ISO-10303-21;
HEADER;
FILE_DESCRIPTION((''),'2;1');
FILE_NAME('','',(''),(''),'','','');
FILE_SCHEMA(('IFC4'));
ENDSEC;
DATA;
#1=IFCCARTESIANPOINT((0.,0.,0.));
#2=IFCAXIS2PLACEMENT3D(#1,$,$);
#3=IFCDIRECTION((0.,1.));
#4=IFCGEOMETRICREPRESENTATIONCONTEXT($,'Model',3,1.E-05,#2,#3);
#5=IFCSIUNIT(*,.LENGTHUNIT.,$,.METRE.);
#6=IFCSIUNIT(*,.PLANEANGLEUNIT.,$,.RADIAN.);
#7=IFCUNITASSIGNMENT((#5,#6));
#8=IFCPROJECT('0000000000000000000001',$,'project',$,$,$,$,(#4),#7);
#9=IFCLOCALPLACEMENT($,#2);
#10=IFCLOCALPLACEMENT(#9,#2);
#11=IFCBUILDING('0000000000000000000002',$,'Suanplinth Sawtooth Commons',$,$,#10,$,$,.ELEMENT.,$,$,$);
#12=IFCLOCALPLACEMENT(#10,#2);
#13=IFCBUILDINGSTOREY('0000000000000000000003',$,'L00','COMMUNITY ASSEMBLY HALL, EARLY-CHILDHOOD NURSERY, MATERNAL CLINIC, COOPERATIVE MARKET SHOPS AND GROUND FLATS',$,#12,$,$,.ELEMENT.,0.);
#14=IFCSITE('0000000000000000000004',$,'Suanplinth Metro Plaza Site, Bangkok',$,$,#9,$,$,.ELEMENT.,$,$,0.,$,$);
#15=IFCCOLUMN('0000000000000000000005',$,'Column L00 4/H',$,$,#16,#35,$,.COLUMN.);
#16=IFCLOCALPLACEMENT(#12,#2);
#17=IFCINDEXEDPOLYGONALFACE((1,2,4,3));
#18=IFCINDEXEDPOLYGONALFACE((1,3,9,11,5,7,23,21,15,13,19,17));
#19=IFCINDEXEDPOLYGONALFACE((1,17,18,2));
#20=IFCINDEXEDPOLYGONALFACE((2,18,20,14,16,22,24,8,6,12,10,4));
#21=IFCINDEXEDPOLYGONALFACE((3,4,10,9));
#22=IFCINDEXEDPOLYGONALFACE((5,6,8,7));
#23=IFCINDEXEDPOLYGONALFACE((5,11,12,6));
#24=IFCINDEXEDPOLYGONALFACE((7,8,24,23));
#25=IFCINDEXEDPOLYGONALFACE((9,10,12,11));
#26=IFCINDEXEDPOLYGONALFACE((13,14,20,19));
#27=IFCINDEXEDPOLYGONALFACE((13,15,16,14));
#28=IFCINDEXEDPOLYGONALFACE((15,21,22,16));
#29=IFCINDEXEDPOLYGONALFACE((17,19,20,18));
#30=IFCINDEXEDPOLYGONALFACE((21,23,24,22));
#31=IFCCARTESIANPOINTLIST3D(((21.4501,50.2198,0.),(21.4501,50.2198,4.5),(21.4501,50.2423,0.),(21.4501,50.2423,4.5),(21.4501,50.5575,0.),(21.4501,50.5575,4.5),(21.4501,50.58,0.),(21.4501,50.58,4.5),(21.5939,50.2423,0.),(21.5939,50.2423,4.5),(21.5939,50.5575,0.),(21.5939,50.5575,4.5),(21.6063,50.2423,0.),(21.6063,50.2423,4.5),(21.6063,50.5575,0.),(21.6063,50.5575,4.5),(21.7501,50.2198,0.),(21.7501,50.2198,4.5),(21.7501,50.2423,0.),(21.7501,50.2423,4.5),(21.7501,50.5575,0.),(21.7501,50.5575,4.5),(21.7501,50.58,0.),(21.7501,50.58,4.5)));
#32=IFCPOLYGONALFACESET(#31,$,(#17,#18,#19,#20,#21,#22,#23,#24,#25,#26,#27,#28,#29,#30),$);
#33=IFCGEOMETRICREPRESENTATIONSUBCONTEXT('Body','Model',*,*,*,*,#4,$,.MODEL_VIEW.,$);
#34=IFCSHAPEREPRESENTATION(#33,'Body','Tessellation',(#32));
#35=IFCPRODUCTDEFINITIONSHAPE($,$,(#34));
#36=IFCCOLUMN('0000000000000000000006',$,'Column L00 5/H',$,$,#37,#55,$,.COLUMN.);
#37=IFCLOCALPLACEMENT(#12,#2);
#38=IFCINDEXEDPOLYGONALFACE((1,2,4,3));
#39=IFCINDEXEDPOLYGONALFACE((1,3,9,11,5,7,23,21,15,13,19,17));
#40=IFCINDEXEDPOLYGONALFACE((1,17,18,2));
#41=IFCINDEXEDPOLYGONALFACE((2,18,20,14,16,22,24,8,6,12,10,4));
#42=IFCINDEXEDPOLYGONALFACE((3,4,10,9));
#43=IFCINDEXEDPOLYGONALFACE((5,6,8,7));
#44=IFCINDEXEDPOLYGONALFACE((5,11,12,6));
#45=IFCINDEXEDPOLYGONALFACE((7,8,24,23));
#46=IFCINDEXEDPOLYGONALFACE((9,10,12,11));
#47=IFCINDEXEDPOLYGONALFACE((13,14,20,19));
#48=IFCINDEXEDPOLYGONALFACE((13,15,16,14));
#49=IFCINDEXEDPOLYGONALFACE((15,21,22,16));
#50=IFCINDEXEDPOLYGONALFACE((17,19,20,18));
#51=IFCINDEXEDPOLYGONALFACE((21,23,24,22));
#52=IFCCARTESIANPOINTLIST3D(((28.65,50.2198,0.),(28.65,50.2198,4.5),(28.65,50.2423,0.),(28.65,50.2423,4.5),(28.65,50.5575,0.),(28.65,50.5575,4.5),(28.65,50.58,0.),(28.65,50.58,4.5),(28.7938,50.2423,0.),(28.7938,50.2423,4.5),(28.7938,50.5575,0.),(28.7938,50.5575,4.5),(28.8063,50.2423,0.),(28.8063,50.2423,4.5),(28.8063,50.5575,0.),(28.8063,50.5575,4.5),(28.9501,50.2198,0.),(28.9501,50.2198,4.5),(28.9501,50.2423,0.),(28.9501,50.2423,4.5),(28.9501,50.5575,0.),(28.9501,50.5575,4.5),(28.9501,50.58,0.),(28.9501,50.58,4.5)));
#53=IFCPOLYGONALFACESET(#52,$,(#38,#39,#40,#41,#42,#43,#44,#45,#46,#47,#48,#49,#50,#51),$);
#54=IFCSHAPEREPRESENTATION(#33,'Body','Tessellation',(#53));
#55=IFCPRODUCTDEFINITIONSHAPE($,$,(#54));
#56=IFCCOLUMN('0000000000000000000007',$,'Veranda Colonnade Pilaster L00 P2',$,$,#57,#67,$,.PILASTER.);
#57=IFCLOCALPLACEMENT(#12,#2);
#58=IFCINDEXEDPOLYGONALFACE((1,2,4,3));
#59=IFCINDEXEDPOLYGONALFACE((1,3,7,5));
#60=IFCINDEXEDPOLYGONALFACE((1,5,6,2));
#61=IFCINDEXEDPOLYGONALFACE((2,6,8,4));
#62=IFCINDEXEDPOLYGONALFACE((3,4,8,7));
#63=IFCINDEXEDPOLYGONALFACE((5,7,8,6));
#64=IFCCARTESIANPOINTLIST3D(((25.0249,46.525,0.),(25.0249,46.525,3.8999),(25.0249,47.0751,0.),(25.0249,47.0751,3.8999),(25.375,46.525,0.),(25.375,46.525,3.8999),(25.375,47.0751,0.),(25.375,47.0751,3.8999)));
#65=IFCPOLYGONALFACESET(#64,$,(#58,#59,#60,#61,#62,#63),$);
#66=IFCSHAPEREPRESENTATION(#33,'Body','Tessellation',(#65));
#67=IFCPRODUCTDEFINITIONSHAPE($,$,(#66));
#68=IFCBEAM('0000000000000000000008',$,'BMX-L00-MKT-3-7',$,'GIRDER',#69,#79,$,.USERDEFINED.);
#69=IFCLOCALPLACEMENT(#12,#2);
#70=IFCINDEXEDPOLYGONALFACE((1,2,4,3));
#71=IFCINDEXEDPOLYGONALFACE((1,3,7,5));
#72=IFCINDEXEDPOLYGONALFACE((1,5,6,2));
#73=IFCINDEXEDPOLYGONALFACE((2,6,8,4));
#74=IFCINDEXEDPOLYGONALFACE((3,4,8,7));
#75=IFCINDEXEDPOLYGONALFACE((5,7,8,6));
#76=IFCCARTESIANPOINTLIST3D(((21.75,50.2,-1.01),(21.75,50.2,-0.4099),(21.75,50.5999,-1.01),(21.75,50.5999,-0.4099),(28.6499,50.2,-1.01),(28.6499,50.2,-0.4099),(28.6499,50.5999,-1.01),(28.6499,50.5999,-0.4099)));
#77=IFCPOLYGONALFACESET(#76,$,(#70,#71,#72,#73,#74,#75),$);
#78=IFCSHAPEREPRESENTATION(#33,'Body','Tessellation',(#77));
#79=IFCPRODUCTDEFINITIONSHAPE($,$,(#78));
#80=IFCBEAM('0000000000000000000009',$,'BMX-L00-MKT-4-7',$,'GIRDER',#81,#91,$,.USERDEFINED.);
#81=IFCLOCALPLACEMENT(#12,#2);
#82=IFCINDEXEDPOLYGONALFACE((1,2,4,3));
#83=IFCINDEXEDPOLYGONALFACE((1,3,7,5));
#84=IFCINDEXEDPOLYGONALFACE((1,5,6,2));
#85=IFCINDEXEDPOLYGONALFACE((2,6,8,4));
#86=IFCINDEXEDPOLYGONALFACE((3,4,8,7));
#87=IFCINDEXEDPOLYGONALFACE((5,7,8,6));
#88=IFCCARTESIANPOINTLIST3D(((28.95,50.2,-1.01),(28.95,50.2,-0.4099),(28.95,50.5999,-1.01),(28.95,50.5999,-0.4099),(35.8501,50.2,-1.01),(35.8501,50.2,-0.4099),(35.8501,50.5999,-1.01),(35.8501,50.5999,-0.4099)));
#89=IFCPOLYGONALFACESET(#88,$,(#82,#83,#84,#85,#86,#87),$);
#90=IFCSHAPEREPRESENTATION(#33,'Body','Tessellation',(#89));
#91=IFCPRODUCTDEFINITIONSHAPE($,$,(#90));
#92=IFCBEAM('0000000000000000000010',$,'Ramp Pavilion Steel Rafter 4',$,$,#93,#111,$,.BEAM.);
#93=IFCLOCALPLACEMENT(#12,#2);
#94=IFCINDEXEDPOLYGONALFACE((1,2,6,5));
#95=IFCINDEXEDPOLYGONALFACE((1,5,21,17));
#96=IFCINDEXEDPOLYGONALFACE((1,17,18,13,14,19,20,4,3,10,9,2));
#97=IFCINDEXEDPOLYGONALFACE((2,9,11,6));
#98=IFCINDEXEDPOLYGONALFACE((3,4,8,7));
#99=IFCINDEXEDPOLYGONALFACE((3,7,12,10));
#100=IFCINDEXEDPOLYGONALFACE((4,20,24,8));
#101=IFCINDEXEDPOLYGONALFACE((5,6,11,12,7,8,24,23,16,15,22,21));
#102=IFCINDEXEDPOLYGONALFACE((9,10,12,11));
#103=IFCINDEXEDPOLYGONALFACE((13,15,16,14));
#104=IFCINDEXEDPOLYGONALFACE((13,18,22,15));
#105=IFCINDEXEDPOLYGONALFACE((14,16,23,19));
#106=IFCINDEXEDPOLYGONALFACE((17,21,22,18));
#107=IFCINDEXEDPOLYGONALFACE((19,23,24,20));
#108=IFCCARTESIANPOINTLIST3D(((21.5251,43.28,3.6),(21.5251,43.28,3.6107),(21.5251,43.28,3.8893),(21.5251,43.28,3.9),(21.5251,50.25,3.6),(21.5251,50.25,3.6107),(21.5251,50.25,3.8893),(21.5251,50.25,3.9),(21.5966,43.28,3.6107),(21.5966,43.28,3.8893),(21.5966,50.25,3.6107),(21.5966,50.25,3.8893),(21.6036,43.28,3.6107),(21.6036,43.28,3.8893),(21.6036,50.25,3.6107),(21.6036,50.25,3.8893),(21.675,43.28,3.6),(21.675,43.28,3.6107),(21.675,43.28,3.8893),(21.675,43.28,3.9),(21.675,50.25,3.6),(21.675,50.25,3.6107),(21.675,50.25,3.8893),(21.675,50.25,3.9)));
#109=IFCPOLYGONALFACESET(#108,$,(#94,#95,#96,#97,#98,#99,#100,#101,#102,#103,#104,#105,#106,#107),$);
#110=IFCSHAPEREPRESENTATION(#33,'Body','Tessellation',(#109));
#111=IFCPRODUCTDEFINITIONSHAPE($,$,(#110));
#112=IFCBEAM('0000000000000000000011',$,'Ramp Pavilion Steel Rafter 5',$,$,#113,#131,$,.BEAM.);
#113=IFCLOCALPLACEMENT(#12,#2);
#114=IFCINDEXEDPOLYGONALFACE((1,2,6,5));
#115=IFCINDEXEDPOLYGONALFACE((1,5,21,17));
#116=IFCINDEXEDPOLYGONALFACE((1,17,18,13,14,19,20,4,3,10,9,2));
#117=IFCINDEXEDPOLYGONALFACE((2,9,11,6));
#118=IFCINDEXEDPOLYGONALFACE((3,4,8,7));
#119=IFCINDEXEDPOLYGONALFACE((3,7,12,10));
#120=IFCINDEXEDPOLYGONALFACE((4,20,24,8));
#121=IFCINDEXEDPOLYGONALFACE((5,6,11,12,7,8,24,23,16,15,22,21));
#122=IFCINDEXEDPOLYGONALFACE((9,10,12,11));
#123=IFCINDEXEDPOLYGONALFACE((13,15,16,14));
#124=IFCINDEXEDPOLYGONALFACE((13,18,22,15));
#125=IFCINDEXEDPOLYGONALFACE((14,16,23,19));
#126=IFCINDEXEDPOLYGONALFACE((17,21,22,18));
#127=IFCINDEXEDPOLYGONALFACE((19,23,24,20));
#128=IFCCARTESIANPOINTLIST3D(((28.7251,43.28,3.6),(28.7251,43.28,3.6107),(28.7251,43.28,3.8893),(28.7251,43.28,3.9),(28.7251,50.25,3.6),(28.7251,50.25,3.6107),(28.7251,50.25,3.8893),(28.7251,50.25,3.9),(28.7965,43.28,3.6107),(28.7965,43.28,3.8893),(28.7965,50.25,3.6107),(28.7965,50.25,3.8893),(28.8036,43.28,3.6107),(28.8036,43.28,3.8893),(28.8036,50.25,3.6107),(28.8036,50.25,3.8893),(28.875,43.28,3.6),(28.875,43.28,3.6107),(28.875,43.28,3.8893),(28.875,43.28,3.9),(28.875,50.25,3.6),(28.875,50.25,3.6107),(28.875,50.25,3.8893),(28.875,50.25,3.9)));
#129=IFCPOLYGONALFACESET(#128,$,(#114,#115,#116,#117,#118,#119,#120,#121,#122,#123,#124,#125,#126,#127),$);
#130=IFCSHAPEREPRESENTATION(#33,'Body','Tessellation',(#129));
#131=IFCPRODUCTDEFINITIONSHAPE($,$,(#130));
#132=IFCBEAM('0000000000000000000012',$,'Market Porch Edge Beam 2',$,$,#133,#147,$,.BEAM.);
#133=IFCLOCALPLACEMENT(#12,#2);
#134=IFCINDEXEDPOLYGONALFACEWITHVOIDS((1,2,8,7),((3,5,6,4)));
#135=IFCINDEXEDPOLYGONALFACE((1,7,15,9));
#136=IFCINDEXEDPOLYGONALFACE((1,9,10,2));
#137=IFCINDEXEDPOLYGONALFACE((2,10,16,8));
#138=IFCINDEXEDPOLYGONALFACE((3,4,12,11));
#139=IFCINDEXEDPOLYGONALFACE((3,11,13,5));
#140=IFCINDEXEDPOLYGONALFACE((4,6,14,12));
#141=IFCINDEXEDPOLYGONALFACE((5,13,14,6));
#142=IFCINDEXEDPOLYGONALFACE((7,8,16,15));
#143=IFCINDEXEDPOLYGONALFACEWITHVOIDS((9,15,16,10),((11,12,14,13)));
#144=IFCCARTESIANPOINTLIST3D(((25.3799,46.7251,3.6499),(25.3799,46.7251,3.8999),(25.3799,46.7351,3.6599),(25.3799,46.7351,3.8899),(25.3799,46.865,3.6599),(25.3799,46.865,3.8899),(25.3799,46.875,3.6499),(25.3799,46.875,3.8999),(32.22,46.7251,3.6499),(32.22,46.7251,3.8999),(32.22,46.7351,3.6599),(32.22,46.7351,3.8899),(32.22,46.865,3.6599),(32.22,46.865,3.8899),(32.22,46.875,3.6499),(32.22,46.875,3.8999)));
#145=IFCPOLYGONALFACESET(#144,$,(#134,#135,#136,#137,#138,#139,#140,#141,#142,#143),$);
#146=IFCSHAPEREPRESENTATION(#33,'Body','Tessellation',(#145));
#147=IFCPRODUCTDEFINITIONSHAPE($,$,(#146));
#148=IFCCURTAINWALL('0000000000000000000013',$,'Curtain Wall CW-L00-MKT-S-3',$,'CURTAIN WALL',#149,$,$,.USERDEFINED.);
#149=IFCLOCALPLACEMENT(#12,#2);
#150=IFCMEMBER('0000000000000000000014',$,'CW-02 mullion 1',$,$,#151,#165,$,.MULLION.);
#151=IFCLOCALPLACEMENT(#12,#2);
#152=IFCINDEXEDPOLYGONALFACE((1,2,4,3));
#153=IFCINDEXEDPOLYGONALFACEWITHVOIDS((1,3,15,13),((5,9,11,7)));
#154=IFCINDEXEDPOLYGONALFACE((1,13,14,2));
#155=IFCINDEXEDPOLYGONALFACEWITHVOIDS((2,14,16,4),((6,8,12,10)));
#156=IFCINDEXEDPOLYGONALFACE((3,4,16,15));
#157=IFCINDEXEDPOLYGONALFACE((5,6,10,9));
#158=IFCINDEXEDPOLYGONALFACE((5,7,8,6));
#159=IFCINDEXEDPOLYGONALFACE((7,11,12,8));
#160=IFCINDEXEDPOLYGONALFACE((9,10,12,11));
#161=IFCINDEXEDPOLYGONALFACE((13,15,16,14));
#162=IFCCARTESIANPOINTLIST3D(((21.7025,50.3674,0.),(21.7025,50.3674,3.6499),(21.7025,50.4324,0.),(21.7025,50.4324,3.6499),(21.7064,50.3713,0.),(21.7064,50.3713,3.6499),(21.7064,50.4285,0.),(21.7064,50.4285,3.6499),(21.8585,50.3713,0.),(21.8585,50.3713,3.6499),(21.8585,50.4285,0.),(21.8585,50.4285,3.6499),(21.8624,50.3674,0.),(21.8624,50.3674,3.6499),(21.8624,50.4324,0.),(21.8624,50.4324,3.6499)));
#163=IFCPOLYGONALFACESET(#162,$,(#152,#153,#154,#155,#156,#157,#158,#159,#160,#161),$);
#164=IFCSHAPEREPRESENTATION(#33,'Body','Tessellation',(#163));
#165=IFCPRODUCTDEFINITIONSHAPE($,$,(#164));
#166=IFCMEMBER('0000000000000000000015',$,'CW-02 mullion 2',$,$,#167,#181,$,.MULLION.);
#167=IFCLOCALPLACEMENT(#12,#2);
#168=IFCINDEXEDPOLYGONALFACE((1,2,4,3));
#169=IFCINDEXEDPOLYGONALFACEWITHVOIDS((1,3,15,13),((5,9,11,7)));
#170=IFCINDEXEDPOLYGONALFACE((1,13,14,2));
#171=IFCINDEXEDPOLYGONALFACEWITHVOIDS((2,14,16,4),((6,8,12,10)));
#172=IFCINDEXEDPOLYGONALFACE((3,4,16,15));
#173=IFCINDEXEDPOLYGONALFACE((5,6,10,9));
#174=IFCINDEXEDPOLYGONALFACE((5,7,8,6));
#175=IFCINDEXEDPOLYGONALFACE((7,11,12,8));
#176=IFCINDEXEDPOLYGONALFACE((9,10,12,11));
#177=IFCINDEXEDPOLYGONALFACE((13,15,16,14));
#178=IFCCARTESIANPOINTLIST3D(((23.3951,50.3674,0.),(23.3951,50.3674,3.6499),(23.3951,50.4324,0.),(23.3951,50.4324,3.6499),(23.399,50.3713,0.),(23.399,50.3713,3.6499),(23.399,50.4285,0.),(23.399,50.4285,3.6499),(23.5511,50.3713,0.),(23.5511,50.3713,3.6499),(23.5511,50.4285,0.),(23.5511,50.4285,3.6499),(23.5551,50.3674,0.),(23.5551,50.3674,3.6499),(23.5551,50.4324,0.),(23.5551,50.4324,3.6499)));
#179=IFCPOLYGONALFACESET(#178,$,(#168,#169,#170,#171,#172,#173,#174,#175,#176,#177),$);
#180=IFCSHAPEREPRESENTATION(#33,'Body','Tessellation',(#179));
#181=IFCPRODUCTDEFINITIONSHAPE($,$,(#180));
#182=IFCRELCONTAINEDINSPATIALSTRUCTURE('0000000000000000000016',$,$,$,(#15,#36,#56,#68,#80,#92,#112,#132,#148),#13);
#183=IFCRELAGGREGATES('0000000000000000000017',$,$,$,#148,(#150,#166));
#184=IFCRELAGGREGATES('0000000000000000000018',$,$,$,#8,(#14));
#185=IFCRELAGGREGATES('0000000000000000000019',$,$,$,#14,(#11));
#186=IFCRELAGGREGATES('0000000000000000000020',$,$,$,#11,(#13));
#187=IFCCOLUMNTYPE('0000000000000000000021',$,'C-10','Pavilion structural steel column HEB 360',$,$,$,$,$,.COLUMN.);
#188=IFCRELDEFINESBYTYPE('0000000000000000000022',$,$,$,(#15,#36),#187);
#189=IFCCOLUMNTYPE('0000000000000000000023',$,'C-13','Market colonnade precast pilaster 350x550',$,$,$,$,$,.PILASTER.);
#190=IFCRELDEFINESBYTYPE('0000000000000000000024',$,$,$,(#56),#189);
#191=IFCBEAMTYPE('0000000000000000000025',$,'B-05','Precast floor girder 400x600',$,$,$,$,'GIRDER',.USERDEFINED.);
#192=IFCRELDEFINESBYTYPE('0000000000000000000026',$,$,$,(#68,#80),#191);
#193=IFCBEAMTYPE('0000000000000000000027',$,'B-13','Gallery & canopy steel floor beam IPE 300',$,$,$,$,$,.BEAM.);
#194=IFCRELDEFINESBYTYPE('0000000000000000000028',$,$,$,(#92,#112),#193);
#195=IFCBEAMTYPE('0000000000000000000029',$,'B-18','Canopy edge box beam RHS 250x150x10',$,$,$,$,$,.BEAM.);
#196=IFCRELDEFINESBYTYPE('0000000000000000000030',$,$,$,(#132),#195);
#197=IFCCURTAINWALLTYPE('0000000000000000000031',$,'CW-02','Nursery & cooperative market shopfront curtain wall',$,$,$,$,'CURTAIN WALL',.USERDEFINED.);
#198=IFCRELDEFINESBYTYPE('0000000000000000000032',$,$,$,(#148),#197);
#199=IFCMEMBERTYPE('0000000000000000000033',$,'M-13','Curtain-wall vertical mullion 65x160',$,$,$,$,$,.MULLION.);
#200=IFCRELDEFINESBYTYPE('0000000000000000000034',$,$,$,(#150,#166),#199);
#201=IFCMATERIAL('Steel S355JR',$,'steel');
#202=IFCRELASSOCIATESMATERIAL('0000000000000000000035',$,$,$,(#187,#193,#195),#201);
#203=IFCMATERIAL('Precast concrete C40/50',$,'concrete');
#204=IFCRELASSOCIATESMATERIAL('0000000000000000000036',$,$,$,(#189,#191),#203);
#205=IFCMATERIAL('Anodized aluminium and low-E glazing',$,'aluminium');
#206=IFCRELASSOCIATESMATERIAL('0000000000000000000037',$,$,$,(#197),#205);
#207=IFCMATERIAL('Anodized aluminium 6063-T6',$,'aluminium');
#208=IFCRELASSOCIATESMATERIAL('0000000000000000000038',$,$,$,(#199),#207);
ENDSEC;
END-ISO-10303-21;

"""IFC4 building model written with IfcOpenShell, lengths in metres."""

from ifc_helpers import new_model, si_unit, direction, frame, origin, origin_2d, place, context, subcontext, project, spatial, rectangle, hollow_rectangle, i_section, extrude, material, material_profile, profile_set, type_object, element, aggregate, save


model = new_model("IFC4")

# Units and contexts
model_context = context("Model", 3, precision=1e-05, world=origin(), true_north=direction((0.0, 1.0)))
body_context = subcontext(model_context, "Body", "Model", "MODEL_VIEW")
ifc_project = project(units=[si_unit("LENGTHUNIT", "METRE"), si_unit("PLANEANGLEUNIT", "RADIAN")], contexts=[model_context])

# Site, building, storey
site_placement = place(None, origin())
site = spatial("IfcSite", under=ifc_project, at=site_placement, Name="Suanplinth Metro Plaza Site, Bangkok", CompositionType="ELEMENT", RefElevation=0.0)
building_placement = place(site_placement, origin())
building = spatial("IfcBuilding", under=site, at=building_placement, Name="Suanplinth Sawtooth Commons", CompositionType="ELEMENT")
storey_placement = place(building_placement, origin())
storey = spatial("IfcBuildingStorey", under=building, at=storey_placement, Name="L00", Description="COMMUNITY ASSEMBLY HALL, EARLY-CHILDHOOD NURSERY, MATERNAL CLINIC, COOPERATIVE MARKET SHOPS AND GROUND FLATS", CompositionType="ELEMENT", Elevation=0.0)

# Columns
ifc_material_1 = material(Name="Steel S355JR", Category="steel")
ifc_material_profile_1 = material_profile(ifc_material_1, i_section(OverallWidth=0.3, OverallDepth=0.3601, WebThickness=0.0125, FlangeThickness=0.0225, at=origin_2d()), Name="HEB 360")
ifc_profile_set_1 = profile_set([ifc_material_profile_1], Name="Steel S355JR")
column_type_1 = type_object("IfcColumnType", Name="C-10", Description="Pavilion structural steel column HEB 360", PredefinedType="COLUMN", material=ifc_profile_set_1)
for number, where, z_axis, x_axis, name in (
    (1, (21.6001, 50.3999, 0.0), (0.0, 0.0, 1.0), (1.0, 0.0, 0.0), "Column L00 4/H"),
    (2, (28.8, 50.3999, 0.0), (0.0, 0.0, 1.0), (1.0, 0.0, 0.0), "Column L00 5/H"),
):
    element("IfcColumn", number, at=place(storey_placement, frame(where, z_axis=z_axis, x_axis=x_axis)), inside=storey, type_object=column_type_1, Name=name, PredefinedType="COLUMN", context=body_context, shape_type="SweptSolid", body=[
        extrude(i_section(OverallWidth=0.3, OverallDepth=0.3601, WebThickness=0.0125, FlangeThickness=0.0225, at=origin_2d()), origin(), (0.0, 0.0, 1.0), 4.5),
    ])
ifc_material_2 = material(Name="Precast concrete C40/50", Category="concrete")
ifc_material_profile_2 = material_profile(ifc_material_2, rectangle(XDim=0.3501, YDim=0.55, at=origin_2d()), Name="PC-PIL 350x550")
ifc_profile_set_2 = profile_set([ifc_material_profile_2], Name="Precast concrete C40/50")
column_type_2 = type_object("IfcColumnType", Name="C-13", Description="Market colonnade precast pilaster 350x550", PredefinedType="PILASTER", material=ifc_profile_set_2)
column_placement = place(storey_placement, frame((25.2, 46.8, 0.0), z_axis=(0.0, 0.0, 1.0), x_axis=(1.0, 0.0, 0.0)))
element("IfcColumn", 3, at=column_placement, inside=storey, type_object=column_type_2, Name="Veranda Colonnade Pilaster L00 P2", PredefinedType="PILASTER", context=body_context, shape_type="SweptSolid", body=[
    extrude(rectangle(XDim=0.3501, YDim=0.55, at=origin_2d()), origin(), (0.0, 0.0, 1.0), 3.8999),
])

# Beams
ifc_material_profile_3 = material_profile(ifc_material_2, rectangle(XDim=0.3999, YDim=0.6001, at=origin_2d()), Name="PC-GDR 400x600")
ifc_profile_set_3 = profile_set([ifc_material_profile_3], Name="Precast concrete C40/50")
beam_type_1 = type_object("IfcBeamType", Name="B-05", Description="Precast floor girder 400x600", ElementType="GIRDER", PredefinedType="USERDEFINED", material=ifc_profile_set_3)
beam_1_placement = place(storey_placement, frame((21.75, 50.3999, -0.71), z_axis=(1.0, 0.0, 0.0), x_axis=(0.0, 1.0, 0.0)))
element("IfcBeam", 4, at=beam_1_placement, inside=storey, type_object=beam_type_1, Name="BMX-L00-MKT-3-7", ObjectType="GIRDER", PredefinedType="USERDEFINED", context=body_context, shape_type="SweptSolid", body=[
    extrude(rectangle(XDim=0.3999, YDim=0.6001, at=origin_2d()), origin(), (0.0, 0.0, 1.0), 6.8999),
])
beam_2_placement = place(storey_placement, frame((28.95, 50.3999, -0.71), z_axis=(1.0, 0.0, 0.0), x_axis=(0.0, 1.0, 0.0)))
element("IfcBeam", 5, at=beam_2_placement, inside=storey, type_object=beam_type_1, Name="BMX-L00-MKT-4-7", ObjectType="GIRDER", PredefinedType="USERDEFINED", context=body_context, shape_type="SweptSolid", body=[
    extrude(rectangle(XDim=0.3999, YDim=0.6001, at=origin_2d()), origin(), (0.0, 0.0, 1.0), 6.9001),
])
ifc_material_profile_4 = material_profile(ifc_material_1, i_section(OverallWidth=0.1499, OverallDepth=0.3, WebThickness=0.0071, FlangeThickness=0.0107, at=origin_2d()), Name="IPE 300")
ifc_profile_set_4 = profile_set([ifc_material_profile_4], Name="Steel S355JR")
beam_type_2 = type_object("IfcBeamType", Name="B-13", Description="Gallery & canopy steel floor beam IPE 300", PredefinedType="BEAM", material=ifc_profile_set_4)
for number, where, z_axis, x_axis, name in (
    (6, (21.6001, 43.28, 3.75), (0.0, 1.0, 0.0), (-1.0, 0.0, 0.0), "Ramp Pavilion Steel Rafter 4"),
    (7, (28.8, 43.28, 3.75), (0.0, 1.0, 0.0), (-1.0, 0.0, 0.0), "Ramp Pavilion Steel Rafter 5"),
):
    element("IfcBeam", number, at=place(storey_placement, frame(where, z_axis=z_axis, x_axis=x_axis)), inside=storey, type_object=beam_type_2, Name=name, PredefinedType="BEAM", context=body_context, shape_type="SweptSolid", body=[
        extrude(i_section(OverallWidth=0.1499, OverallDepth=0.3, WebThickness=0.0071, FlangeThickness=0.0107, at=origin_2d()), origin(), (0.0, 0.0, 1.0), 6.97),
    ])
ifc_material_profile_5 = material_profile(ifc_material_1, hollow_rectangle(XDim=0.1499, YDim=0.25, WallThickness=0.01, at=origin_2d()), Name="RHS 250x150x10")
ifc_profile_set_5 = profile_set([ifc_material_profile_5], Name="Steel S355JR")
beam_type_3 = type_object("IfcBeamType", Name="B-18", Description="Canopy edge box beam RHS 250x150x10", PredefinedType="BEAM", material=ifc_profile_set_5)
beam_3_placement = place(storey_placement, frame((25.3799, 46.8, 3.7749), z_axis=(1.0, 0.0, 0.0), x_axis=(0.0, 1.0, 0.0)))
element("IfcBeam", 8, at=beam_3_placement, inside=storey, type_object=beam_type_3, Name="Market Porch Edge Beam 2", PredefinedType="BEAM", context=body_context, shape_type="SweptSolid", body=[
    extrude(hollow_rectangle(XDim=0.1499, YDim=0.25, WallThickness=0.01, at=origin_2d()), origin(), (0.0, 0.0, 1.0), 6.8401),
])

# Curtain wall, members
ifc_material_3 = material(Name="Anodized aluminium and low-E glazing", Category="aluminium")
curtain_wall_type = type_object("IfcCurtainWallType", Name="CW-02", Description="Nursery & cooperative market shopfront curtain wall", ElementType="CURTAIN WALL", PredefinedType="USERDEFINED", material=ifc_material_3)
curtain_wall_1_placement = place(storey_placement, origin())
curtain_wall_1 = element("IfcCurtainWall", 9, at=curtain_wall_1_placement, inside=storey, type_object=curtain_wall_type, Name="Curtain Wall CW-L00-MKT-S-3", ObjectType="CURTAIN WALL", PredefinedType="USERDEFINED")
ifc_material_4 = material(Name="Anodized aluminium 6063-T6", Category="aluminium")
ifc_material_profile_6 = material_profile(ifc_material_4, hollow_rectangle(XDim=0.0649, YDim=0.1599, WallThickness=0.0039, at=origin_2d()), Name="ALU-MUL 65x160")
ifc_profile_set_6 = profile_set([ifc_material_profile_6], Name="Anodized aluminium 6063-T6")
member_type_1 = type_object("IfcMemberType", Name="M-13", Description="Curtain-wall vertical mullion 65x160", PredefinedType="MULLION", material=ifc_profile_set_6)
member_1_placement = place(storey_placement, frame((21.7825, 50.3999, 0.0), z_axis=(0.0, 0.0, 1.0), x_axis=(0.0, 1.0, 0.0)))
member_1 = element("IfcMember", 10, at=member_1_placement, type_object=member_type_1, Name="CW-02 mullion 1", PredefinedType="MULLION", context=body_context, shape_type="SweptSolid", body=[
    extrude(hollow_rectangle(XDim=0.0649, YDim=0.1599, WallThickness=0.0039, at=origin_2d()), origin(), (0.0, 0.0, 1.0), 3.6499),
])
member_2_placement = place(storey_placement, frame((23.4751, 50.3999, 0.0), z_axis=(0.0, 0.0, 1.0), x_axis=(0.0, 1.0, 0.0)))
member_2 = element("IfcMember", 11, at=member_2_placement, type_object=member_type_1, Name="CW-02 mullion 2", PredefinedType="MULLION", context=body_context, shape_type="SweptSolid", body=[
    extrude(hollow_rectangle(XDim=0.0649, YDim=0.1599, WallThickness=0.0039, at=origin_2d()), origin(), (0.0, 0.0, 1.0), 3.6499),
])

aggregate(curtain_wall_1, [member_1, member_2])

save(model, "model.ifc")
